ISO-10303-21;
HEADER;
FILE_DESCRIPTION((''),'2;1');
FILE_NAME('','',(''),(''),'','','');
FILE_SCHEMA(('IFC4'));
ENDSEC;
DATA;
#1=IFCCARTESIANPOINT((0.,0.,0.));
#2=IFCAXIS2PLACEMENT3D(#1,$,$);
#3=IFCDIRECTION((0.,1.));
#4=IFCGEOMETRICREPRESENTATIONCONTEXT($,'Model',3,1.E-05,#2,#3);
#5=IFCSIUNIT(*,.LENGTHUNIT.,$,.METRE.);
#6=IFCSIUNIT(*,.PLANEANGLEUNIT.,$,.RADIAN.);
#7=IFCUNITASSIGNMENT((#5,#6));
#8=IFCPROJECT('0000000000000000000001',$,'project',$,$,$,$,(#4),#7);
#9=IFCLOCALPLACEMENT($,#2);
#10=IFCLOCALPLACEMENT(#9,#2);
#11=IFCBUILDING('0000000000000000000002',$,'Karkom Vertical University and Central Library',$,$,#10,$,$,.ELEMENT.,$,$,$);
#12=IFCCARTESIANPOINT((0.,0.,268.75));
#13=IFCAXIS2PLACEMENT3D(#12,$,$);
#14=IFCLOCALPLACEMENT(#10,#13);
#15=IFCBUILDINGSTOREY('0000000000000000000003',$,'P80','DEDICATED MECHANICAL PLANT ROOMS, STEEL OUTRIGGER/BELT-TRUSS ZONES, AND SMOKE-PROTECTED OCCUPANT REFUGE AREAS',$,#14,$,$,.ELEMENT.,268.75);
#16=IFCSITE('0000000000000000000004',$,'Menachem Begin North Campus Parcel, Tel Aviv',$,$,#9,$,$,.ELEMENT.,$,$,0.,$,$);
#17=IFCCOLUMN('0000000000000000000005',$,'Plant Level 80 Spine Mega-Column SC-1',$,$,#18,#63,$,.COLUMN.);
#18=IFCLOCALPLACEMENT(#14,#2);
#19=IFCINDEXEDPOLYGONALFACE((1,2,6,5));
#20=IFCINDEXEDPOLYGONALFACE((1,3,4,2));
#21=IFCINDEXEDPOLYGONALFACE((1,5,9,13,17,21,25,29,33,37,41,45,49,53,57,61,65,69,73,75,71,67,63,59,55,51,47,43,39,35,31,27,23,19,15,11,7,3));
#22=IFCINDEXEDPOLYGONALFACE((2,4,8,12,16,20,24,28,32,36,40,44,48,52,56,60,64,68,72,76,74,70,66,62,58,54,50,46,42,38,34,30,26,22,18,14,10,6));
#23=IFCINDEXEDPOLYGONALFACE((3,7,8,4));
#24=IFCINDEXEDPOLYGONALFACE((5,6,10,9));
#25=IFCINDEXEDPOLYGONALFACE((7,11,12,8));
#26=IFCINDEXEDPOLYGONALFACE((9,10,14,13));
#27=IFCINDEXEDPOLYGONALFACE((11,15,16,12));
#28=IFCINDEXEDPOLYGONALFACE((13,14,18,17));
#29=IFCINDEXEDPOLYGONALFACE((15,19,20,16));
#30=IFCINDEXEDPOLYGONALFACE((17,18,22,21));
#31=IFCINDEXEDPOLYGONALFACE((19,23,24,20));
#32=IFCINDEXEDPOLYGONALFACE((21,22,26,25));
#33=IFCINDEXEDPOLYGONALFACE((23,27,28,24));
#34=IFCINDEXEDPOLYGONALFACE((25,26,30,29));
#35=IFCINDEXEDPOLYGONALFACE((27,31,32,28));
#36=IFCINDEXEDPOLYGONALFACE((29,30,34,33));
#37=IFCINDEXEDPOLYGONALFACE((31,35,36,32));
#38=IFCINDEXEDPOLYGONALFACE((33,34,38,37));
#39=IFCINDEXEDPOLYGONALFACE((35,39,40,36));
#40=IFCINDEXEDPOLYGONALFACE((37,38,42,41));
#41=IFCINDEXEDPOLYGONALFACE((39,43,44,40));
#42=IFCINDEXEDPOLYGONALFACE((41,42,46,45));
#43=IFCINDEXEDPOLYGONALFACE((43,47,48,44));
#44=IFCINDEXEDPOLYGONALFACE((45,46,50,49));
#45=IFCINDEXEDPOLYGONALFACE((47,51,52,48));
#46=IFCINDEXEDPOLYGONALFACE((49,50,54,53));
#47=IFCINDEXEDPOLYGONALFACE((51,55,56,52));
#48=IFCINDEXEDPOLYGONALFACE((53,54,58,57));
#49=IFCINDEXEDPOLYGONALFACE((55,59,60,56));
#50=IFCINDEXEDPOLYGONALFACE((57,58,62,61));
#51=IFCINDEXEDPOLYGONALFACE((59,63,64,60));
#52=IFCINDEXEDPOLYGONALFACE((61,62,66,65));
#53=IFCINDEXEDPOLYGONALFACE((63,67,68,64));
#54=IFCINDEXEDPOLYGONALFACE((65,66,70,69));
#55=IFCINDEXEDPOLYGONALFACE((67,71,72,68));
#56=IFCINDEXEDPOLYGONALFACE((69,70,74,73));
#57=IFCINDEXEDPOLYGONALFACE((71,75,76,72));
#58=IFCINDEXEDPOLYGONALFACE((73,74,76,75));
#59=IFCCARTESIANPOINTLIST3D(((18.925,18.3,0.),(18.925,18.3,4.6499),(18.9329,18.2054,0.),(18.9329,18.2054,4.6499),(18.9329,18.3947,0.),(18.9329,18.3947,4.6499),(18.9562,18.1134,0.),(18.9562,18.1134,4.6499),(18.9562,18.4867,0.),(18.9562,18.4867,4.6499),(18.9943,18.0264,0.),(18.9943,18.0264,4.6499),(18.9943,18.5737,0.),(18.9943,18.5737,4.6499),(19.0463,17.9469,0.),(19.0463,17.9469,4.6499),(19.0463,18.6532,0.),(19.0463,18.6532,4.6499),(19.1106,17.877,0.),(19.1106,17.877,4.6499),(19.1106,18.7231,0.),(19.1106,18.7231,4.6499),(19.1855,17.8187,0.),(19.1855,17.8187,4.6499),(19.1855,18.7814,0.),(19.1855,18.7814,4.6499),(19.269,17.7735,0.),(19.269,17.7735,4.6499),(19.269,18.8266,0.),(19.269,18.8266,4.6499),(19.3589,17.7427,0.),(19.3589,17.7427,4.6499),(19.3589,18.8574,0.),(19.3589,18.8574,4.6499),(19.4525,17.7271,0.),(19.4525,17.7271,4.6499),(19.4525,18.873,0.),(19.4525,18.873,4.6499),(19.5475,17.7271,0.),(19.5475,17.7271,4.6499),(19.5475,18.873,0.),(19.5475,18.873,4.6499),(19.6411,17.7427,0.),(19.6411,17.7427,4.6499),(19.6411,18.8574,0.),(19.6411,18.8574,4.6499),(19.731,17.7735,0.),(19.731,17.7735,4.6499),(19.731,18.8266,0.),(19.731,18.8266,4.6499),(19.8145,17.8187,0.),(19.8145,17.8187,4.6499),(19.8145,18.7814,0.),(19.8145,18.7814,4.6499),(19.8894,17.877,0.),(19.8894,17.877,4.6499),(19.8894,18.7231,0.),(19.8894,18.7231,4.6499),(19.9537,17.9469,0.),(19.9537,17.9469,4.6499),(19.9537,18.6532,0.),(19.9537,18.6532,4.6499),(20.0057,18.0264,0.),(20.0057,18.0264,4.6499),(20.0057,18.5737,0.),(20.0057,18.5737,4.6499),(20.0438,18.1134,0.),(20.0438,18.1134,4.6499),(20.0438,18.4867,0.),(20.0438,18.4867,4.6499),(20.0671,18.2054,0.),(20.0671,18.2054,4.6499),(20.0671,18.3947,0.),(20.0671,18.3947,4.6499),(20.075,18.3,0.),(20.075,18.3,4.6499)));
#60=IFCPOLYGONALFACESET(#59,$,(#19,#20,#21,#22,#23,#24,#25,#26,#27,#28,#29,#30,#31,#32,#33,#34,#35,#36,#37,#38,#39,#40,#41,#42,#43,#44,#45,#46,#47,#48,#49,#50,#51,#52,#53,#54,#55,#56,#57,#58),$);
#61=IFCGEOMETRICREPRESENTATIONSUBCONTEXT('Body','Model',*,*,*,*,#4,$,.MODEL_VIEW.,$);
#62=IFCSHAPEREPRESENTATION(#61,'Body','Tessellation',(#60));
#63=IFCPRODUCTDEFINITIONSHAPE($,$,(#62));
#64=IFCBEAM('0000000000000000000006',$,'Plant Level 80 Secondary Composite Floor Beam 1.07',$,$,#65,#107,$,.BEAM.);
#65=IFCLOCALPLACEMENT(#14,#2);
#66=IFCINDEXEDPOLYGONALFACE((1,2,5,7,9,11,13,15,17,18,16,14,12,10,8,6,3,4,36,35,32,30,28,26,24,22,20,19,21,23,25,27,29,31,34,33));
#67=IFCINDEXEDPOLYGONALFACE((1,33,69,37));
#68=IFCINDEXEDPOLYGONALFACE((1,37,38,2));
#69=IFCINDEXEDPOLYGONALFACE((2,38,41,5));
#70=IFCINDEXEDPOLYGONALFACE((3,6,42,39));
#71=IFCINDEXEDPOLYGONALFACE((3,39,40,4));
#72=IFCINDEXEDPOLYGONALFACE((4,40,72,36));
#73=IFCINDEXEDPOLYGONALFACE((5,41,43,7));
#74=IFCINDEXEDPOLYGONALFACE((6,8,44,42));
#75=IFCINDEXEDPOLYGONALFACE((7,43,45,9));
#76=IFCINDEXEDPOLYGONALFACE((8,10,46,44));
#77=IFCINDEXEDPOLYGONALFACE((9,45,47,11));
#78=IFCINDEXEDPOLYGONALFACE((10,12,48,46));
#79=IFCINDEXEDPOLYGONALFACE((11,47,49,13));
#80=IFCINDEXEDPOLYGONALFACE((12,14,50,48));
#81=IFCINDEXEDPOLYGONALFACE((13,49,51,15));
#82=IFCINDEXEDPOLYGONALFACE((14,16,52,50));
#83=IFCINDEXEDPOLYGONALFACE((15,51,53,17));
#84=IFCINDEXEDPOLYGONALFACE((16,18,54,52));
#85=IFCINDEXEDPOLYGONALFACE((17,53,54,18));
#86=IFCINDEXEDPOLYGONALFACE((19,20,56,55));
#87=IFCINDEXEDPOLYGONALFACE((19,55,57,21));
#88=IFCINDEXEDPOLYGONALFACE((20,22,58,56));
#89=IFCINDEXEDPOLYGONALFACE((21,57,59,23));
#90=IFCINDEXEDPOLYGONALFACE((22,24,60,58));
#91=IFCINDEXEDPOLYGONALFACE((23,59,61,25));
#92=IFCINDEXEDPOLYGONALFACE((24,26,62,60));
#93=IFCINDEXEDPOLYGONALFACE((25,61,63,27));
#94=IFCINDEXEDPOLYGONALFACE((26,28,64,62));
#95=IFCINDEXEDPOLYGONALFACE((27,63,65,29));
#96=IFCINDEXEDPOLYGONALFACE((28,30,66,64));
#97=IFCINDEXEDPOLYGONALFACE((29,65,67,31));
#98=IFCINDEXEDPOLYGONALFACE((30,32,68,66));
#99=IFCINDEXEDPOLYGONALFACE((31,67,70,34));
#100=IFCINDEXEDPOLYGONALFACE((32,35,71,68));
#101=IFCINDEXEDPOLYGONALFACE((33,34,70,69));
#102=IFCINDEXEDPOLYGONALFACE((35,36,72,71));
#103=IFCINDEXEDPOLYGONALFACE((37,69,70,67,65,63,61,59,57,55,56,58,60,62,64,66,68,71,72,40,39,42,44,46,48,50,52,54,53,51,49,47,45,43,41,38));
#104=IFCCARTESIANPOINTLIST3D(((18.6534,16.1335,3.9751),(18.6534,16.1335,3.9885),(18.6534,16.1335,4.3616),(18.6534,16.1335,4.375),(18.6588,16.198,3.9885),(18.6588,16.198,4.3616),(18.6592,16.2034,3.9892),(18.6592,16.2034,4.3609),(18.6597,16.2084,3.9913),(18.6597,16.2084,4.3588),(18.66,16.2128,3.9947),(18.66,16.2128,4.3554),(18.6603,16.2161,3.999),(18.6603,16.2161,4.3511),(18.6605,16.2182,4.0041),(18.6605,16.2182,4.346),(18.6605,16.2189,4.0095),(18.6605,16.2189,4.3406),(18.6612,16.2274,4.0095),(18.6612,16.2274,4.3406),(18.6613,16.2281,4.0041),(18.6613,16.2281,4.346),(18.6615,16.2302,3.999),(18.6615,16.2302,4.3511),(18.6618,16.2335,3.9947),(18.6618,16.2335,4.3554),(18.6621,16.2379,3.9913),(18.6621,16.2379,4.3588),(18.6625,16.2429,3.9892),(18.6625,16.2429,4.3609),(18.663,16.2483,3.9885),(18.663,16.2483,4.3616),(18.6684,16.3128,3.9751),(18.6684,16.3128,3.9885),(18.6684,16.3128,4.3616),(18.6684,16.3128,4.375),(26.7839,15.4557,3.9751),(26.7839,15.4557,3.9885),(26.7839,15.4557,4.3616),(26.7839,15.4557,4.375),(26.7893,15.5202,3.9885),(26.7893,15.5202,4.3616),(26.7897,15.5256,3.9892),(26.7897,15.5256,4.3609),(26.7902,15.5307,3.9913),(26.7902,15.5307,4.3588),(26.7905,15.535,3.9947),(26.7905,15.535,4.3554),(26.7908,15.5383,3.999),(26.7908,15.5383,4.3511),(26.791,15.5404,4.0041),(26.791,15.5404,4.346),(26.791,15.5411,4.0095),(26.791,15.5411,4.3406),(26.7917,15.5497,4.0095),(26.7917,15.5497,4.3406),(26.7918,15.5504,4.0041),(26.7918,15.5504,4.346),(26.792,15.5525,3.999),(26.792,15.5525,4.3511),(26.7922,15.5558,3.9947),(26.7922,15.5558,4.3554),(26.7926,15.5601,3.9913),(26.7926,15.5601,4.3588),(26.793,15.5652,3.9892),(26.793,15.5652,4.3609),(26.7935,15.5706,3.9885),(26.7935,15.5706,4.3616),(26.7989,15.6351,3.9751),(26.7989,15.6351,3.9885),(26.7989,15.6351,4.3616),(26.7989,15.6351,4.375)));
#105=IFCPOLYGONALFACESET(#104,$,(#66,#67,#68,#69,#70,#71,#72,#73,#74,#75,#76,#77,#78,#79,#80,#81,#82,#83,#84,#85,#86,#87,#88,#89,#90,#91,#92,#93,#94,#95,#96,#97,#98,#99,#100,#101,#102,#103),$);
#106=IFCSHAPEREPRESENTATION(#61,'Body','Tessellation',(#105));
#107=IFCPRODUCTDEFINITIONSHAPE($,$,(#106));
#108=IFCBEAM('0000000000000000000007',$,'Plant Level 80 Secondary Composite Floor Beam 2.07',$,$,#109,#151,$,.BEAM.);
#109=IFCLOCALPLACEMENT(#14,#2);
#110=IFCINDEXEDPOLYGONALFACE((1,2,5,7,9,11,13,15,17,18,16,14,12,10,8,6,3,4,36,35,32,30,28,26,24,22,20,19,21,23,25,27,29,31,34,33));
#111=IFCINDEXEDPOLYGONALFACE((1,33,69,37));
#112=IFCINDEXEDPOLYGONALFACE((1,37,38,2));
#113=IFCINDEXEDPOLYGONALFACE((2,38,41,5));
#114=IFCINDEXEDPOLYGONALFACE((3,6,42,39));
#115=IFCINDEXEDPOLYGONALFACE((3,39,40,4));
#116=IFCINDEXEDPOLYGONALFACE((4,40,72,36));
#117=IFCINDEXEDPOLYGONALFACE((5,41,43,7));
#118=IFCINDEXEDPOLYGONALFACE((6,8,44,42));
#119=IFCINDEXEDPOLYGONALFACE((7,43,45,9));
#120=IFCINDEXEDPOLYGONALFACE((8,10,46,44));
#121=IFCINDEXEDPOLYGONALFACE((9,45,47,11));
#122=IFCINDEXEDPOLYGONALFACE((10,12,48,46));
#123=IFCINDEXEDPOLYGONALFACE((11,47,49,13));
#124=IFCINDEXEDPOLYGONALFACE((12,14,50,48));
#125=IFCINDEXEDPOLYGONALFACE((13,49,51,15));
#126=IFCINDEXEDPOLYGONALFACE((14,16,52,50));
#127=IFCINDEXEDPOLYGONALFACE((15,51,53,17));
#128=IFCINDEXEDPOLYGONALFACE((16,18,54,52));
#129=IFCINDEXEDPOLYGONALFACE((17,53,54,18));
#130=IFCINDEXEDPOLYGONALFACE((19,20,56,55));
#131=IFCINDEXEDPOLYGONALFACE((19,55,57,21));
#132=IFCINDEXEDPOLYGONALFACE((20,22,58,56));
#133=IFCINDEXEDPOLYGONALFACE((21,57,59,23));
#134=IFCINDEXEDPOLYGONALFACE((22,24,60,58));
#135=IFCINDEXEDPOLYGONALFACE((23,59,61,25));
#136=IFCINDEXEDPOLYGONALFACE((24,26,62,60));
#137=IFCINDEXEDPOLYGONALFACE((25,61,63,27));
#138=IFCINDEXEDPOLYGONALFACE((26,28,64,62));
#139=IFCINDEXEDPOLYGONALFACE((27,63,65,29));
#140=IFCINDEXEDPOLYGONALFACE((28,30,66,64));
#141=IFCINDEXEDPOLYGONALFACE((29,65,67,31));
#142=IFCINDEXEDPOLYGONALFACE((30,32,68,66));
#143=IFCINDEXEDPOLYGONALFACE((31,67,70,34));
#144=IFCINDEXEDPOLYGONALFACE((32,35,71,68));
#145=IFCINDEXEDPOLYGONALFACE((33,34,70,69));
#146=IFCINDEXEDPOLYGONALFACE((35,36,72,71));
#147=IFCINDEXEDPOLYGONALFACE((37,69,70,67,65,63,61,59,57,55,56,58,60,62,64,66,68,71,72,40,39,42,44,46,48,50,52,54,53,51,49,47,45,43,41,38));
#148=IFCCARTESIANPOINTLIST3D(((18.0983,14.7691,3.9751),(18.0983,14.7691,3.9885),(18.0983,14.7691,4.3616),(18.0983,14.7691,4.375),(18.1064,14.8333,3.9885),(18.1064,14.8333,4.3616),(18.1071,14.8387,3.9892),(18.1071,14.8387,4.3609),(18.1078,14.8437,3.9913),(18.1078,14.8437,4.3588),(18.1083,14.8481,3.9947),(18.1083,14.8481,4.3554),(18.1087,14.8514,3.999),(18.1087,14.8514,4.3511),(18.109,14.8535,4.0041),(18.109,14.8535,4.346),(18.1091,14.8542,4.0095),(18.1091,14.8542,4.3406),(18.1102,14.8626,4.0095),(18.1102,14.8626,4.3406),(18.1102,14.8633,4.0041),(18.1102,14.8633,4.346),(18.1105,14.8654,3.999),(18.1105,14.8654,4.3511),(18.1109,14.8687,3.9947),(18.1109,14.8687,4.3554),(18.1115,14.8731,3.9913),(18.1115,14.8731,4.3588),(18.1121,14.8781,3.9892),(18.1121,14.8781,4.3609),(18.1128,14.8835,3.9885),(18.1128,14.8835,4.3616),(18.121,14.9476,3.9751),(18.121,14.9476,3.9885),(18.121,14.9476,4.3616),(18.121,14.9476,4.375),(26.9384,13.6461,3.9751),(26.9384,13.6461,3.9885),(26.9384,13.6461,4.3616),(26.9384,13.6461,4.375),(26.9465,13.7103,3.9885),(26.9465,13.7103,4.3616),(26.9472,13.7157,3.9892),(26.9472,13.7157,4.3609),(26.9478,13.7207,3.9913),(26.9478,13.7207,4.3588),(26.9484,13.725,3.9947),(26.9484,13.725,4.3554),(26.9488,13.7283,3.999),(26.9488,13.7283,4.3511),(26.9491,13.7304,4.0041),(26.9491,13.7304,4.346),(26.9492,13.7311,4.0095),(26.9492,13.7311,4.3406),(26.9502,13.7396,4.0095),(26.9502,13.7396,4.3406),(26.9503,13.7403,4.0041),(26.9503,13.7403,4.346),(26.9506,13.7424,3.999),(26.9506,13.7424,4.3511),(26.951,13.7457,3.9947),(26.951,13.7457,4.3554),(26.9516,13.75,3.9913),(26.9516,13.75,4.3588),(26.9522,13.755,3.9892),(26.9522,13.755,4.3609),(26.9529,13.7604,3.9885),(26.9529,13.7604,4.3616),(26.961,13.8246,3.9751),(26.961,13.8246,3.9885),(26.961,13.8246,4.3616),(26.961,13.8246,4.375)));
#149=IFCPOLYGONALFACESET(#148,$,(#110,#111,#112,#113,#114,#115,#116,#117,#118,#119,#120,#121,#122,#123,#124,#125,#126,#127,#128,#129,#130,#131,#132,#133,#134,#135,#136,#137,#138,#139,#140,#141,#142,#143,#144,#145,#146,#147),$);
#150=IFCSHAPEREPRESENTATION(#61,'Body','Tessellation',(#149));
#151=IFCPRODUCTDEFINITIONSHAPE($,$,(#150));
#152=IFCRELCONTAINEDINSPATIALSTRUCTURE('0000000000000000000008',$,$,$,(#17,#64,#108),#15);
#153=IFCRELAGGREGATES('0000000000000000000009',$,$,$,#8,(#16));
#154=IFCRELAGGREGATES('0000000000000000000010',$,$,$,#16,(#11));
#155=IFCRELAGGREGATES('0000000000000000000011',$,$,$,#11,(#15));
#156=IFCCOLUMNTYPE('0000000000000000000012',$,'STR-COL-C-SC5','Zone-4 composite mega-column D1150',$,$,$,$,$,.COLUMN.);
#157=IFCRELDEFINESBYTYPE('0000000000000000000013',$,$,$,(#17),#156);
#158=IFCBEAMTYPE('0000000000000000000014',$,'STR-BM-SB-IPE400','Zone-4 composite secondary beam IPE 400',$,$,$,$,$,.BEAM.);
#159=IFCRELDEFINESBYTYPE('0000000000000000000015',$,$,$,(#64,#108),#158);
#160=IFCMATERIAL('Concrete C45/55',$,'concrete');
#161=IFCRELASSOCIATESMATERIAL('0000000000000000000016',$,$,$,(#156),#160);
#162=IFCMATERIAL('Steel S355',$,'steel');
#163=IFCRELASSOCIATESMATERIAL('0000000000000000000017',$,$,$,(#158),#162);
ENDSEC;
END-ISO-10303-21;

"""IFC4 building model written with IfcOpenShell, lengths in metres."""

from ifc_helpers import new_model, si_unit, direction, frame, origin, origin_with_axes, origin_2d, place, context, subcontext, project, spatial, circle, i_section, extrude, source, transform, mapped, material, material_profile, profile_set, type_object, element, save


model = new_model("IFC4")

# Units and contexts
model_context = context("Model", 3, precision=1e-05, world=origin(), true_north=direction((0.0, 1.0)))
body_context = subcontext(model_context, "Body", "Model", "MODEL_VIEW")
ifc_project = project(units=[si_unit("LENGTHUNIT", "METRE"), si_unit("PLANEANGLEUNIT", "RADIAN")], contexts=[model_context])

# Site, building, storey
site_placement = place(None, origin())
site = spatial("IfcSite", under=ifc_project, at=site_placement, Name="Menachem Begin North Campus Parcel, Tel Aviv", CompositionType="ELEMENT", RefElevation=0.0)
building_placement = place(site_placement, origin())
building = spatial("IfcBuilding", under=site, at=building_placement, Name="Karkom Vertical University and Central Library", CompositionType="ELEMENT")
storey_placement = place(building_placement, frame((0.0, 0.0, 268.75)))
storey = spatial("IfcBuildingStorey", under=building, at=storey_placement, Name="P80", Description="DEDICATED MECHANICAL PLANT ROOMS, STEEL OUTRIGGER/BELT-TRUSS ZONES, AND SMOKE-PROTECTED OCCUPANT REFUGE AREAS", CompositionType="ELEMENT", Elevation=268.75)

# Column
ifc_material_1 = material(Name="Concrete C45/55", Category="concrete")
ifc_material_profile_1 = material_profile(ifc_material_1, circle(Radius=0.575, at=origin_2d()), Name="CFT-D1150")
ifc_profile_set_1 = profile_set([ifc_material_profile_1], Name="Concrete C45/55")
column_type = type_object("IfcColumnType", Name="STR-COL-C-SC5", Description="Zone-4 composite mega-column D1150", PredefinedType="COLUMN", material=ifc_profile_set_1)
shared_shape_1 = source(origin_with_axes(), body_context, "Body", "SweptSolid", [
    extrude(circle(Radius=0.575, at=origin_2d()), origin(), (0.0, 0.0, 1.0), 4.6499),
])
column_placement = place(storey_placement, frame((19.5, 18.3, 0.0), z_axis=(0.0, 0.0, 1.0), x_axis=(1.0, 0.0, 0.0)))
element("IfcColumn", 1, at=column_placement, inside=storey, type_object=column_type, Name="Plant Level 80 Spine Mega-Column SC-1", PredefinedType="COLUMN", context=body_context, shape_type="MappedRepresentation", body=[
    mapped(shared_shape_1, transform((0.0, 0.0, 0.0), scale=1.0)),
])

# Beams
ifc_material_2 = material(Name="Steel S355", Category="steel")
ifc_material_profile_2 = material_profile(ifc_material_2, i_section(OverallWidth=0.1799, OverallDepth=0.3999, WebThickness=0.0085, FlangeThickness=0.0134, FilletRadius=0.021, at=origin_2d()), Name="IPE 400")
ifc_profile_set_2 = profile_set([ifc_material_profile_2], Name="Steel S355")
beam_type_1 = type_object("IfcBeamType", Name="STR-BM-SB-IPE400", Description="Zone-4 composite secondary beam IPE 400", PredefinedType="BEAM", material=ifc_profile_set_2)
shared_shape_2 = source(origin_with_axes(), body_context, "Body", "SweptSolid", [
    extrude(i_section(OverallWidth=0.1799, OverallDepth=0.3999, WebThickness=0.0085, FlangeThickness=0.0134, FilletRadius=0.021, at=origin_2d()), origin(), (0.0, 0.0, 1.0), 8.1587),
])
beam_1_placement = place(storey_placement, frame((18.6609, 16.2231, 4.175), z_axis=(0.996544, -0.08307, 0.0), x_axis=(0.08307, 0.996544, 0.0)))
element("IfcBeam", 2, at=beam_1_placement, inside=storey, type_object=beam_type_1, Name="Plant Level 80 Secondary Composite Floor Beam 1.07", PredefinedType="BEAM", context=body_context, shape_type="MappedRepresentation", body=[
    mapped(shared_shape_2, transform((0.0, 0.0, 0.0), scale=1.0)),
])
shared_shape_3 = source(origin_with_axes(), body_context, "Body", "SweptSolid", [
    extrude(i_section(OverallWidth=0.1799, OverallDepth=0.3999, WebThickness=0.0085, FlangeThickness=0.0134, FilletRadius=0.021, at=origin_2d()), origin(), (0.0, 0.0, 1.0), 8.9111),
])
beam_2_placement = place(storey_placement, frame((18.1096, 14.8584, 4.175), z_axis=(0.992027, -0.126027, 0.0), x_axis=(0.126027, 0.992027, 0.0)))
element("IfcBeam", 3, at=beam_2_placement, inside=storey, type_object=beam_type_1, Name="Plant Level 80 Secondary Composite Floor Beam 2.07", PredefinedType="BEAM", context=body_context, shape_type="MappedRepresentation", body=[
    mapped(shared_shape_3, transform((0.0, 0.0, 0.0), scale=1.0)),
])

save(model, "model.ifc")
